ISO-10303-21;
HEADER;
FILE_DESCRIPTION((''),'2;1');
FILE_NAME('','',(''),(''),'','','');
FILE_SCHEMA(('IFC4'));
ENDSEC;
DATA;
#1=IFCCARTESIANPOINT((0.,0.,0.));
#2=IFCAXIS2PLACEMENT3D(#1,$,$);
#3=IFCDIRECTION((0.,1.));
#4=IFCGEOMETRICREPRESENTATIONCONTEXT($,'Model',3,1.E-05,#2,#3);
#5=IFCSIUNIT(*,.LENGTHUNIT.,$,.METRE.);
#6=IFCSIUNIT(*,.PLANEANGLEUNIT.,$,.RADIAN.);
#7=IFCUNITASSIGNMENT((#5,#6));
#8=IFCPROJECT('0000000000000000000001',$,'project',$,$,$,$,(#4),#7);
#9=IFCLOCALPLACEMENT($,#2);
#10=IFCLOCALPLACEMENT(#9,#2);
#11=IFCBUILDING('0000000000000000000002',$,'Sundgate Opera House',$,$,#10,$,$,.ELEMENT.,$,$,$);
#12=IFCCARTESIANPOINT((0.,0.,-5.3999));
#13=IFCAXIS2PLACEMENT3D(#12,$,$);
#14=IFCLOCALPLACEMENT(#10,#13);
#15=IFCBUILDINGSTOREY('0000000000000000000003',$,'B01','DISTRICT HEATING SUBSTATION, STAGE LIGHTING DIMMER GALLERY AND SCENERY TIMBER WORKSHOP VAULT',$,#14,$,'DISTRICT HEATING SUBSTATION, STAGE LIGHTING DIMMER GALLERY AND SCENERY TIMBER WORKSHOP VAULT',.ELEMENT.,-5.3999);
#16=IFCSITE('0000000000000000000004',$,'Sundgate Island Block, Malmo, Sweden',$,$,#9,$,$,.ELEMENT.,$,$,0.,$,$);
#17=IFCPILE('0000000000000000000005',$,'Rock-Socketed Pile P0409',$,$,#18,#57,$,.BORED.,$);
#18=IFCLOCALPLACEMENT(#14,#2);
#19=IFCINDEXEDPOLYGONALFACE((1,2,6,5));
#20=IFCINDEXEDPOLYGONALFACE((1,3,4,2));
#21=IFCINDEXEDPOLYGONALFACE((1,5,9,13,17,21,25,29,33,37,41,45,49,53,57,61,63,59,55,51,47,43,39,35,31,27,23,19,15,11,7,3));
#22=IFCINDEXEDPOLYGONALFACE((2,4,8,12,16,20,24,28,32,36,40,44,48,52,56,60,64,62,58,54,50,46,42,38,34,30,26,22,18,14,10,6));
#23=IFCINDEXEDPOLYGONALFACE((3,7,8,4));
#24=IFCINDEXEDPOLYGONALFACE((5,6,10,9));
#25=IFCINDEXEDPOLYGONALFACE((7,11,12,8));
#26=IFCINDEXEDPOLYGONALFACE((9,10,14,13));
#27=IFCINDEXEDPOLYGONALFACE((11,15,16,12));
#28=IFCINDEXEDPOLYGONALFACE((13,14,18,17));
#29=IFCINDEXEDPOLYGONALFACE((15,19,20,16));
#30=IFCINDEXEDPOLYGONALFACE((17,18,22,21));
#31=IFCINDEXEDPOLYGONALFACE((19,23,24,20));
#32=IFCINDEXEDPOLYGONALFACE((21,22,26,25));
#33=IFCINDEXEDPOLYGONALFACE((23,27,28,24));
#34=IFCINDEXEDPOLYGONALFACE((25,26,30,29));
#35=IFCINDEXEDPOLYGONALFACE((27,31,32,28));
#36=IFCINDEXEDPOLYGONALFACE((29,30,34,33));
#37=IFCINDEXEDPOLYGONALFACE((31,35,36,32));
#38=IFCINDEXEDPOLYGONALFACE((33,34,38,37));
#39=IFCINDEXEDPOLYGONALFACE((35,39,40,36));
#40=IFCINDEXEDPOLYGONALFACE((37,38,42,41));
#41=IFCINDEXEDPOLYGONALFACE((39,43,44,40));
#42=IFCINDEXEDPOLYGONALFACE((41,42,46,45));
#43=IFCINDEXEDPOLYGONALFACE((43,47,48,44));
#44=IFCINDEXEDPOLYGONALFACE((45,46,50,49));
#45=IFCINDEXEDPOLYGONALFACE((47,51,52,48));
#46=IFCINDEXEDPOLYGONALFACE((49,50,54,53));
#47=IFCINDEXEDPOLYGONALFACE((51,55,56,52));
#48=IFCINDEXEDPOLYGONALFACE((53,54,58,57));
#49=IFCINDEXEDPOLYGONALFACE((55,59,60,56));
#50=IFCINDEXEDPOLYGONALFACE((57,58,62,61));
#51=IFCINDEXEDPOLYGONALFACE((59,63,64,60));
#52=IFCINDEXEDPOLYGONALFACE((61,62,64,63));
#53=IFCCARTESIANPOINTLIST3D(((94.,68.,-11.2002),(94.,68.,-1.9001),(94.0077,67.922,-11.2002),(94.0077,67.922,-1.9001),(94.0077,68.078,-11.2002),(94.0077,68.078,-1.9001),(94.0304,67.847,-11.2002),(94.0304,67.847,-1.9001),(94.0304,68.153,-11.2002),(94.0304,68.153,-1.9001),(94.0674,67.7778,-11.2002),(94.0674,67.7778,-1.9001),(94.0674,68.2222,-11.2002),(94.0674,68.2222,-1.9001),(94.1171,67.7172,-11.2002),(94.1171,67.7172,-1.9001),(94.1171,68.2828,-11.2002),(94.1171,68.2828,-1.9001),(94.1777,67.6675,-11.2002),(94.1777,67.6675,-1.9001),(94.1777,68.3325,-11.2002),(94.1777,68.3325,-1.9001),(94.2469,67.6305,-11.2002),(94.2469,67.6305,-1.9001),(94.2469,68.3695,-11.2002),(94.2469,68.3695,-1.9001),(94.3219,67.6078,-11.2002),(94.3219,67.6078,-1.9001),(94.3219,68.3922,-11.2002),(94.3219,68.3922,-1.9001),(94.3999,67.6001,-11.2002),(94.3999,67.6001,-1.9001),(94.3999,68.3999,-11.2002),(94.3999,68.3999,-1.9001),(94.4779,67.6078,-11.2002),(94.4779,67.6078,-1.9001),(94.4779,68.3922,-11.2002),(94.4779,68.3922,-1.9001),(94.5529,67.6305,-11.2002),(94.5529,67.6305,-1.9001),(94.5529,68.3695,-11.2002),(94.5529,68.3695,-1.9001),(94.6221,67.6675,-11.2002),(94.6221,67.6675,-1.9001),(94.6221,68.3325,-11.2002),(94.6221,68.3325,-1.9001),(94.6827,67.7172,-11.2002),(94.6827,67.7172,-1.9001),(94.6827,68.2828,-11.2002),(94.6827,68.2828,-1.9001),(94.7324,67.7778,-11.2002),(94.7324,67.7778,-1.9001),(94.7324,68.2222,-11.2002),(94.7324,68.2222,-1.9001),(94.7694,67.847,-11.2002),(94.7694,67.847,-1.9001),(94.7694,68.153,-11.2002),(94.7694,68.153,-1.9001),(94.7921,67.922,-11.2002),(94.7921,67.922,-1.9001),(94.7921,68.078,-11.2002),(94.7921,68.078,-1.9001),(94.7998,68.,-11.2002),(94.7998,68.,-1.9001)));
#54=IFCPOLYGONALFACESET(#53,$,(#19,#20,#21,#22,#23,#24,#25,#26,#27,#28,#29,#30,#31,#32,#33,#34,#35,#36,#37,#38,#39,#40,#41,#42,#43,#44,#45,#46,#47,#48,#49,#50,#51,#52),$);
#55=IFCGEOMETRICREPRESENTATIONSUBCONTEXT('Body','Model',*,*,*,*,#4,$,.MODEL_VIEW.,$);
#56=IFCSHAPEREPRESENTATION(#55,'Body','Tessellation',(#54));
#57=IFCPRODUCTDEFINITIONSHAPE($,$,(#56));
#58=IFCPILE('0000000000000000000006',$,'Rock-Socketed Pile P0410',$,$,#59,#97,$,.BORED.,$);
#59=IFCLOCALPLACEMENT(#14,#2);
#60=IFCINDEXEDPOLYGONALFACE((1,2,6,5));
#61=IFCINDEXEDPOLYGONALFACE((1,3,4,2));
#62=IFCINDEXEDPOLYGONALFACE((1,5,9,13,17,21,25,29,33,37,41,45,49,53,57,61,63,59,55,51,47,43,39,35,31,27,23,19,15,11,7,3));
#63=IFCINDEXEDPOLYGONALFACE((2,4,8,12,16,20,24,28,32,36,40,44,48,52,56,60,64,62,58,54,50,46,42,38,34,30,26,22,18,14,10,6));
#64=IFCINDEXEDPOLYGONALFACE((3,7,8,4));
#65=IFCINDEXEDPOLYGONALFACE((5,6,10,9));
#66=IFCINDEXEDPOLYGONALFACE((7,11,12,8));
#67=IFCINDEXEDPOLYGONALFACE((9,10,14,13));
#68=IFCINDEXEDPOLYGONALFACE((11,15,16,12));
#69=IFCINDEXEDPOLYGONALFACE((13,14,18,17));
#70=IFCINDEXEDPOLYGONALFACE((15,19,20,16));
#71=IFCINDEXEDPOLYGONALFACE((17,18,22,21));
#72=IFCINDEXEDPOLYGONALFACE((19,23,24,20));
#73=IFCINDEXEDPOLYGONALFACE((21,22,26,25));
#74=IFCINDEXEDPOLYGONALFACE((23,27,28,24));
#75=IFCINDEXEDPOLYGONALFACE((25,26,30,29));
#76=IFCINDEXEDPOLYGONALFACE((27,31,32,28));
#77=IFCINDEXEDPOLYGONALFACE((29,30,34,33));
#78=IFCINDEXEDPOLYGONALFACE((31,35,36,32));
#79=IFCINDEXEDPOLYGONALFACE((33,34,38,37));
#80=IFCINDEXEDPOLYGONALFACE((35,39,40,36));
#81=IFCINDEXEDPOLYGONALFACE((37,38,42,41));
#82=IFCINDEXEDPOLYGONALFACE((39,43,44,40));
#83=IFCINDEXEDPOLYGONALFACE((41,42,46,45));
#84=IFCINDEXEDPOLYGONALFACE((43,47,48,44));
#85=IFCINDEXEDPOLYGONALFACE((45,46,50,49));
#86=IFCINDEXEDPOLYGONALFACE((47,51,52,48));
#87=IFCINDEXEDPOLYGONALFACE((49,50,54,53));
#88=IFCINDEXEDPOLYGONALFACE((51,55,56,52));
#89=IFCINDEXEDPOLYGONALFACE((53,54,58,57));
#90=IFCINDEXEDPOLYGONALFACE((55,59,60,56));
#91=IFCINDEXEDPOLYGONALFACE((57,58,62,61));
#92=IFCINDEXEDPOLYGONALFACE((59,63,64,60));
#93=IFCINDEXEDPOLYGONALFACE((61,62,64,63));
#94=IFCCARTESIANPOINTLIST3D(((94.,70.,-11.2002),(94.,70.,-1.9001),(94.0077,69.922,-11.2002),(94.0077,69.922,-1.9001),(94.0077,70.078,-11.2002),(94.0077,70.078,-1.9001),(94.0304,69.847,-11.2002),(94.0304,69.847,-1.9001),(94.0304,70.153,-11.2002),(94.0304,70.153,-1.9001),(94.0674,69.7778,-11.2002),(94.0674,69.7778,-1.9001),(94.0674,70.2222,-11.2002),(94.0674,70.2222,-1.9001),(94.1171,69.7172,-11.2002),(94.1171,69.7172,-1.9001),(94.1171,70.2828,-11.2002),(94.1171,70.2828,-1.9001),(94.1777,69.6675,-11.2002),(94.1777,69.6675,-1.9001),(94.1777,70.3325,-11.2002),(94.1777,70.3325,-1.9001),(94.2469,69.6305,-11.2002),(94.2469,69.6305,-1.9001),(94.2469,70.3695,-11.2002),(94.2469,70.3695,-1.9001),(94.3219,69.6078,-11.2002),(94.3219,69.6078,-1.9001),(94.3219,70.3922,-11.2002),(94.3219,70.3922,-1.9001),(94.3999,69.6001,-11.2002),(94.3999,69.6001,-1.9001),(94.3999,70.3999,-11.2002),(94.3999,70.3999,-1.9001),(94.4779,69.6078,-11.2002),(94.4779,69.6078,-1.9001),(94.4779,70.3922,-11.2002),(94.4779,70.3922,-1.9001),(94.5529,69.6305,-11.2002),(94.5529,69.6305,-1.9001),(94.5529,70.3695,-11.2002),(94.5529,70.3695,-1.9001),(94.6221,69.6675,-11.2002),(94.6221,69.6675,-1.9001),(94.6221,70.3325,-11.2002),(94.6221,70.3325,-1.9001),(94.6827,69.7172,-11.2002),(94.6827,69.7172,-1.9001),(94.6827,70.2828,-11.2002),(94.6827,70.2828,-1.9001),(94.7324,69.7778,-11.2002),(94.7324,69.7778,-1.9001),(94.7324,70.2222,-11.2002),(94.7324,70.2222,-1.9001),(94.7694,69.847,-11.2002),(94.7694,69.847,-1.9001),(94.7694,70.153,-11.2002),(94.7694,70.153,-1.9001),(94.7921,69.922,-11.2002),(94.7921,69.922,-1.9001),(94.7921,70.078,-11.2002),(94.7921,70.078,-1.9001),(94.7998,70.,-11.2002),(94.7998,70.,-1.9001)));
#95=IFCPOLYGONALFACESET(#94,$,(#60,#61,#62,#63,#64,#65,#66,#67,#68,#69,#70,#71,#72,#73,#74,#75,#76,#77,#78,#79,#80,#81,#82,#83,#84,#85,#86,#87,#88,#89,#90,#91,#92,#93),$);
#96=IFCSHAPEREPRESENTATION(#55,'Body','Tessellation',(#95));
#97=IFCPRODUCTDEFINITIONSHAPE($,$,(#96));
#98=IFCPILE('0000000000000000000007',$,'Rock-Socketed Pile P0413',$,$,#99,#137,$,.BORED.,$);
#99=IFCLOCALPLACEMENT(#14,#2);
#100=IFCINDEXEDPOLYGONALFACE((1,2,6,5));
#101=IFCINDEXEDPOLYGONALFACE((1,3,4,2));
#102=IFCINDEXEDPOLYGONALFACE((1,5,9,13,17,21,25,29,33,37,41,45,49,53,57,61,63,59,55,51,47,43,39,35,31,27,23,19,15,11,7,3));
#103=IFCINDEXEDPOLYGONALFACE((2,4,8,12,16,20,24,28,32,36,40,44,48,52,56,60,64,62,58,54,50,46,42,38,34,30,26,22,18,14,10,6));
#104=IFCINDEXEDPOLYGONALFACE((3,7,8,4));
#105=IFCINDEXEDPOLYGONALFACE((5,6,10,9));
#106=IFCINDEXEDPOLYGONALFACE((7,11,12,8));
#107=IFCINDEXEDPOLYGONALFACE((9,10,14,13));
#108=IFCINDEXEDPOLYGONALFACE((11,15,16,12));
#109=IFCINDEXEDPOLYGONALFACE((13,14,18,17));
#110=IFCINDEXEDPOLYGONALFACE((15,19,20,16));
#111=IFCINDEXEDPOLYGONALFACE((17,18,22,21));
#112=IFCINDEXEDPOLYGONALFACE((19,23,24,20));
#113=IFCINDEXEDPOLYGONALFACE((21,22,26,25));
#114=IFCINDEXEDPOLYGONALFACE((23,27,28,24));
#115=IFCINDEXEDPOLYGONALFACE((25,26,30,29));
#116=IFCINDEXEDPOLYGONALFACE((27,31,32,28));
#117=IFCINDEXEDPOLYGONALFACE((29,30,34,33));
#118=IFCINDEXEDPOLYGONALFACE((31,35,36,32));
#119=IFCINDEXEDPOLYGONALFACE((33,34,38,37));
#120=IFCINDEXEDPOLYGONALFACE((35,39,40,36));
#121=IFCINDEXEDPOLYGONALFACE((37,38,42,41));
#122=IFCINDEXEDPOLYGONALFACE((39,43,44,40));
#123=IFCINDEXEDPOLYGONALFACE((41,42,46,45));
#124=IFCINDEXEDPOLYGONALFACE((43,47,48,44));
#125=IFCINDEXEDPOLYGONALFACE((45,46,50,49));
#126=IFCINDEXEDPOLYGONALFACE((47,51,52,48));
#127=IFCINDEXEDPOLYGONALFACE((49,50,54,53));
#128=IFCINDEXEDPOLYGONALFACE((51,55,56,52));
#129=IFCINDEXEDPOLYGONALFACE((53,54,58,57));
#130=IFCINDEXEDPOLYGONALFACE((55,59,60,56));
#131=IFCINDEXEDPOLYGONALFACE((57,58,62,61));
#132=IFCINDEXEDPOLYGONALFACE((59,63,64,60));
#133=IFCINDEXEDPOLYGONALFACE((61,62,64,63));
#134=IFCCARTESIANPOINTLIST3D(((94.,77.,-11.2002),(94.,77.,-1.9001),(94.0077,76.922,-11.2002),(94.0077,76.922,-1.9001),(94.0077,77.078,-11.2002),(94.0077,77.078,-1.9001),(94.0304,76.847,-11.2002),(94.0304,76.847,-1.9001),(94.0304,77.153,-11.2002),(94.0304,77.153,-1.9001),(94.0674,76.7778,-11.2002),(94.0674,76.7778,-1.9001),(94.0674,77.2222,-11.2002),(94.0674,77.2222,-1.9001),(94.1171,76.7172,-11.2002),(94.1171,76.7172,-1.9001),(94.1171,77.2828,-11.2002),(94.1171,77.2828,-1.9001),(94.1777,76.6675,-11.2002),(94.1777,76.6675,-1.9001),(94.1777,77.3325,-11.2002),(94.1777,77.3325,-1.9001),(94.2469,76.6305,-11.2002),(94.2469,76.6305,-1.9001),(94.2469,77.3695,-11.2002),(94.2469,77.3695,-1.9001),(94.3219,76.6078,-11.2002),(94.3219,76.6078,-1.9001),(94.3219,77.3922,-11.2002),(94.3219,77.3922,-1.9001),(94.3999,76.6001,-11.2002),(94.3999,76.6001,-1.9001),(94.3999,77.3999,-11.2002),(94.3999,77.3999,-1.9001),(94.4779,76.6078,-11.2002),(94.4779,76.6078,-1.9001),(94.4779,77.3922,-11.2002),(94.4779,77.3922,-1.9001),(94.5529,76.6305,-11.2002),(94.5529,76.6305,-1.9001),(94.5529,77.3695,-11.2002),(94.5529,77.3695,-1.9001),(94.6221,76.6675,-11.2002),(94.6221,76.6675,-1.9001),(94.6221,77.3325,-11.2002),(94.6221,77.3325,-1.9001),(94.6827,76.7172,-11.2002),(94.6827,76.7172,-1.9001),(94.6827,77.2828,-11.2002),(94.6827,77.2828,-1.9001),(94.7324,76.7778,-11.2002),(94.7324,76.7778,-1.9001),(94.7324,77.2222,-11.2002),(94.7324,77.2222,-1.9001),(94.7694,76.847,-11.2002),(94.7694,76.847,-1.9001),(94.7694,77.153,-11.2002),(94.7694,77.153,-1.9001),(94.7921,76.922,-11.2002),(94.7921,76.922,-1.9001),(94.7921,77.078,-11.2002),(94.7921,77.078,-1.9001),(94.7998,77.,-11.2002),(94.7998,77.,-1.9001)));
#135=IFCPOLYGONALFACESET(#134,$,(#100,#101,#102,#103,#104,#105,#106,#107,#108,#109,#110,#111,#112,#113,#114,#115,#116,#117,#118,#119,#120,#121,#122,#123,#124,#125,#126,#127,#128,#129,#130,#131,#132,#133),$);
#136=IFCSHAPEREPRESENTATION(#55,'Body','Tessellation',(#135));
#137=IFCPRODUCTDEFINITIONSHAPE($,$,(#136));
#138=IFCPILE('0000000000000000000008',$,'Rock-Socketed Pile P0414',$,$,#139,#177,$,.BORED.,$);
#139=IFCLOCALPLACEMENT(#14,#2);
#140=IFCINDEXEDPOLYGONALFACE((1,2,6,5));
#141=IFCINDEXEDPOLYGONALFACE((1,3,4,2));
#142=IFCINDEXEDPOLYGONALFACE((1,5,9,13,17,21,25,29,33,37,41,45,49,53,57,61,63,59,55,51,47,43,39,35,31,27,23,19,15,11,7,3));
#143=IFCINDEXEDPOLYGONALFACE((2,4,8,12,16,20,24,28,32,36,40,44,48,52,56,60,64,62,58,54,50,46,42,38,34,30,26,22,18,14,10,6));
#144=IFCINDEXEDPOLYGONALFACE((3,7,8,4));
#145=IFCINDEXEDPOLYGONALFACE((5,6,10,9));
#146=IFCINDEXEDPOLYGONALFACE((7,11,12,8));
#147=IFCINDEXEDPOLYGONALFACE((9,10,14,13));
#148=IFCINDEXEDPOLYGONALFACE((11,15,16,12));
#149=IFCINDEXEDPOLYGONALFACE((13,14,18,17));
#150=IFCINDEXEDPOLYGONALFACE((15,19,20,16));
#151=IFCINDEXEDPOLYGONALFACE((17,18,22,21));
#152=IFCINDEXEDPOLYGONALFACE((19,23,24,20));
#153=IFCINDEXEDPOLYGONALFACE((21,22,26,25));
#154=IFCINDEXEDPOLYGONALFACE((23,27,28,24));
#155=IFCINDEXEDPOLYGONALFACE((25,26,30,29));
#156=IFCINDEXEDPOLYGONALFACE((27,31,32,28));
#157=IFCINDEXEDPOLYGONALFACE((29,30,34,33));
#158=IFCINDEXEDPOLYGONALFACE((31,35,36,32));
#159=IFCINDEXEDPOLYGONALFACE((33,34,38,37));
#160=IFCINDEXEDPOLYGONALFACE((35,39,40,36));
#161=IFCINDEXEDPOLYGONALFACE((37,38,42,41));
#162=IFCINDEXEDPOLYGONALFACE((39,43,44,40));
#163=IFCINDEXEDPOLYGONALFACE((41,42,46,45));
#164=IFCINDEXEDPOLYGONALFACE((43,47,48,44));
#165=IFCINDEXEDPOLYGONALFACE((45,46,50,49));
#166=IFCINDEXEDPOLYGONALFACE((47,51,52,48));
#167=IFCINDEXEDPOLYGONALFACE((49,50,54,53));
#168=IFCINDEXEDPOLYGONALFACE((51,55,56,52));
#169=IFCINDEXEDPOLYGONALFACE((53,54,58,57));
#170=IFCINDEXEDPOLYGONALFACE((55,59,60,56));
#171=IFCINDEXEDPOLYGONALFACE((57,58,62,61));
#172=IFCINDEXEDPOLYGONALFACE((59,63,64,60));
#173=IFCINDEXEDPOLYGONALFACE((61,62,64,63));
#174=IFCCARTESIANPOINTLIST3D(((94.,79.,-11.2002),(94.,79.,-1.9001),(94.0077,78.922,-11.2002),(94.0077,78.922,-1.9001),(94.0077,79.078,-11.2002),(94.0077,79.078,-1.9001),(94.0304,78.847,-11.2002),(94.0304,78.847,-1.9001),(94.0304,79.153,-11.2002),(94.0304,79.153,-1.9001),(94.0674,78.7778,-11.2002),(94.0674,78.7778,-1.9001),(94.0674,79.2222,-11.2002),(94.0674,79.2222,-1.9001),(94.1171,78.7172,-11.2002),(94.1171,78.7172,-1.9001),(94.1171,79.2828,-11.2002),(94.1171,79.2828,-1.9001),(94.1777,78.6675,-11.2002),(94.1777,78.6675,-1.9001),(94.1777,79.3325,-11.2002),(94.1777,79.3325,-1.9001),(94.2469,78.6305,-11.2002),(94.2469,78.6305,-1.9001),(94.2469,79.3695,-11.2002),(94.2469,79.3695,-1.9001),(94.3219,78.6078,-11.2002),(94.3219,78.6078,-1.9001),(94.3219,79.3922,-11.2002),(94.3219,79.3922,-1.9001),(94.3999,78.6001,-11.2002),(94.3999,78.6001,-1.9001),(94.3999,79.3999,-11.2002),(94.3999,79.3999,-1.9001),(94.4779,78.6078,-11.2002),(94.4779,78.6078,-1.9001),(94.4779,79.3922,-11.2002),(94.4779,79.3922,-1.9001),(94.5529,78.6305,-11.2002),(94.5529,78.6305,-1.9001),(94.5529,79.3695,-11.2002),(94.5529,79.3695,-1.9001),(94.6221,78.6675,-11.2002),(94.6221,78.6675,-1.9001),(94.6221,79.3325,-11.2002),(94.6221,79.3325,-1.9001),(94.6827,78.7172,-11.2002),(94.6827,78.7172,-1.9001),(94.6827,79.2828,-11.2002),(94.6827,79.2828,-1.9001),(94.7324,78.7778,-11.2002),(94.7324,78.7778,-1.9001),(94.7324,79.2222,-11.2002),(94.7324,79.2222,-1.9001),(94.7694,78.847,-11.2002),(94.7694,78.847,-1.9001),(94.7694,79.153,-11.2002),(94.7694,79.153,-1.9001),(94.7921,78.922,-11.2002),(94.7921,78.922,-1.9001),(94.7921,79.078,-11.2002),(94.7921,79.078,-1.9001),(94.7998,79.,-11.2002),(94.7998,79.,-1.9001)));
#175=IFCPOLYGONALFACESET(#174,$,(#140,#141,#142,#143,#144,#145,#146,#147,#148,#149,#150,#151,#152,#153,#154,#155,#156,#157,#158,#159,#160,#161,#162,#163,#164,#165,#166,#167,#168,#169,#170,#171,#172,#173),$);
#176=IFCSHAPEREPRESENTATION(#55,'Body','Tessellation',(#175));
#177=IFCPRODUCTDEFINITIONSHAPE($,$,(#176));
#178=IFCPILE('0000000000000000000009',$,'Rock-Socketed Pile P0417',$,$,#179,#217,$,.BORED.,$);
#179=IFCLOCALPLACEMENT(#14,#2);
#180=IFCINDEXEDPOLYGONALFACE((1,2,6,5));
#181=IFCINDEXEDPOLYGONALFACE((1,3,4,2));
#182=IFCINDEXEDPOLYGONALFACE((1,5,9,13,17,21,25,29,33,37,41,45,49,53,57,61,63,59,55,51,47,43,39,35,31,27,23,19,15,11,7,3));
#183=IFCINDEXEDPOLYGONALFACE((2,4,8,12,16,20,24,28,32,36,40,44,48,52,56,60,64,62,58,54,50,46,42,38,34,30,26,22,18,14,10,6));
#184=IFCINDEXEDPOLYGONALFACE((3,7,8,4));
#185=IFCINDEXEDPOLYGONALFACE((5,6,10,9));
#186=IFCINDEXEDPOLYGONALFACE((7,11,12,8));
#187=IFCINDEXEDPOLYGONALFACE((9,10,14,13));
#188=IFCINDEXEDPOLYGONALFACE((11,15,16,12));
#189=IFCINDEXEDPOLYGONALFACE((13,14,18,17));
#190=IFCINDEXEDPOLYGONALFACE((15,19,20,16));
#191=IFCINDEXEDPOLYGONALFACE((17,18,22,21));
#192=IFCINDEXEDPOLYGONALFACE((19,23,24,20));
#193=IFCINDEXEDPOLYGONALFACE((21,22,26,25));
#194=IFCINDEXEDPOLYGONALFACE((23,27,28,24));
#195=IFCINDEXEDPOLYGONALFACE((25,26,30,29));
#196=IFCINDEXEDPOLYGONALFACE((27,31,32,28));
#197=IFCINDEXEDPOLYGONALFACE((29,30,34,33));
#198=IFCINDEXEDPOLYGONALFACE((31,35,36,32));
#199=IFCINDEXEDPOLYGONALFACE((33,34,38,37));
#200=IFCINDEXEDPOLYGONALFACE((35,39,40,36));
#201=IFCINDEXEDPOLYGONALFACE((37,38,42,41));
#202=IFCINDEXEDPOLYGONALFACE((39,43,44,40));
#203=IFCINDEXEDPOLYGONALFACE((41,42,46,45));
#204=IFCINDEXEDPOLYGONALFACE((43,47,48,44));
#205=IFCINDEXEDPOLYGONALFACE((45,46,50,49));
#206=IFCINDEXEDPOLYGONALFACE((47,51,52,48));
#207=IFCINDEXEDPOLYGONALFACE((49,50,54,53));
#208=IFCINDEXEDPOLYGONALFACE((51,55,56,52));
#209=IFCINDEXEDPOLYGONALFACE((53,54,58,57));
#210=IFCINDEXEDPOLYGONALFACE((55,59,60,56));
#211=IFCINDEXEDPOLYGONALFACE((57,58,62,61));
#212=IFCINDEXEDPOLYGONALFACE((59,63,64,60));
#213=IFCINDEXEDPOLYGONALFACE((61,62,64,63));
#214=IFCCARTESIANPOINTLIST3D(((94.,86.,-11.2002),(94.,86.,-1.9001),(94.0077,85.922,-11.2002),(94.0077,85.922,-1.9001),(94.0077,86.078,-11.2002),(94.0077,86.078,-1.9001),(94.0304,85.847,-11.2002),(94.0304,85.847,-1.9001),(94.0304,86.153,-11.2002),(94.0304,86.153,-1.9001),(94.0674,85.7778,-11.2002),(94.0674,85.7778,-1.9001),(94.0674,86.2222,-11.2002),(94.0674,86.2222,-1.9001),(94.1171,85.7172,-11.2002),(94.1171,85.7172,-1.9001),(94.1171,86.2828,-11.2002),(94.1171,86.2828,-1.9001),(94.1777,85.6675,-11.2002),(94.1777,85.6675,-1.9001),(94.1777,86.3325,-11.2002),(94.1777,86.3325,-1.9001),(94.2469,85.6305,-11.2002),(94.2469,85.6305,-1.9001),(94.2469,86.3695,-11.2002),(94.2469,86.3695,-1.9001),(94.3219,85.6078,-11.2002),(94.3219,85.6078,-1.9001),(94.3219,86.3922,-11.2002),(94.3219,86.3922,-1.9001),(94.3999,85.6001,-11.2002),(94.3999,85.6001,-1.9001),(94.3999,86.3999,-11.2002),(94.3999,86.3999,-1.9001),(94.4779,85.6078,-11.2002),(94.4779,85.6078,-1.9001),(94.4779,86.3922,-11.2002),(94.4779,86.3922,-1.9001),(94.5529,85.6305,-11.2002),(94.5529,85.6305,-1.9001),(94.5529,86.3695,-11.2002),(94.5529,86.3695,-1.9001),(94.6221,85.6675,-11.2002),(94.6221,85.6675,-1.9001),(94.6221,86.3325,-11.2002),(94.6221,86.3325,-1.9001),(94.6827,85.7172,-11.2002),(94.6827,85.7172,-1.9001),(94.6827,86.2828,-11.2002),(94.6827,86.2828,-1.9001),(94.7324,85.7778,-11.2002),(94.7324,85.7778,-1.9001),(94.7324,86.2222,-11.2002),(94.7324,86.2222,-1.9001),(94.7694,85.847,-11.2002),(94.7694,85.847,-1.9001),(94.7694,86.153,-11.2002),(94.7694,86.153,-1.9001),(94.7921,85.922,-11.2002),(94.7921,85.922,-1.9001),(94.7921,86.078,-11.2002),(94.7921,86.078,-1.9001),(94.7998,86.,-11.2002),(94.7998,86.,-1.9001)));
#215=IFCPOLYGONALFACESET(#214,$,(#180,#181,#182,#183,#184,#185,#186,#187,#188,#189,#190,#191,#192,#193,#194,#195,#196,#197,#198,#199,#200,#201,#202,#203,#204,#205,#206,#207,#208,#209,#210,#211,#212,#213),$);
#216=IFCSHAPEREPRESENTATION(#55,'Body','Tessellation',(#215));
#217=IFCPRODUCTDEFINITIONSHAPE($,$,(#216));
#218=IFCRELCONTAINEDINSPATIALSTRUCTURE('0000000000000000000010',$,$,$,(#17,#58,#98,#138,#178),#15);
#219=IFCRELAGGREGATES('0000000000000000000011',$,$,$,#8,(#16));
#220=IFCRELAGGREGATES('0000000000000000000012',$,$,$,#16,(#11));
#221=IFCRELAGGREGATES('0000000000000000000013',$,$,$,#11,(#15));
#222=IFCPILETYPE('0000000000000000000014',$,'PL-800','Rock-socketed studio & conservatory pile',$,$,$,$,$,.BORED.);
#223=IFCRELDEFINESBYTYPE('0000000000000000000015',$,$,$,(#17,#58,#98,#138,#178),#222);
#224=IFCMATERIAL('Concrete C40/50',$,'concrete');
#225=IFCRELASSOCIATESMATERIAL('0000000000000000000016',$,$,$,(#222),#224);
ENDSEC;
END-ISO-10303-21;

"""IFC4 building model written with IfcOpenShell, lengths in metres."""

from ifc_helpers import new_model, si_unit, direction, frame, origin, origin_2d, place, context, subcontext, project, spatial, circle, extrude, material, material_profile, profile_set, type_object, element, save


model = new_model("IFC4")

# Units and contexts
model_context = context("Model", 3, precision=1e-05, world=origin(), true_north=direction((0.0, 1.0)))
body_context = subcontext(model_context, "Body", "Model", "MODEL_VIEW")
ifc_project = project(units=[si_unit("LENGTHUNIT", "METRE"), si_unit("PLANEANGLEUNIT", "RADIAN")], contexts=[model_context])

# Site, building, storey
site_placement = place(None, origin())
site = spatial("IfcSite", under=ifc_project, at=site_placement, Name="Sundgate Island Block, Malmo, Sweden", CompositionType="ELEMENT", RefElevation=0.0)
building_placement = place(site_placement, origin())
building = spatial("IfcBuilding", under=site, at=building_placement, Name="Sundgate Opera House", CompositionType="ELEMENT")
storey_placement = place(building_placement, frame((0.0, 0.0, -5.3999)))
storey = spatial("IfcBuildingStorey", under=building, at=storey_placement, Name="B01", Description="DISTRICT HEATING SUBSTATION, STAGE LIGHTING DIMMER GALLERY AND SCENERY TIMBER WORKSHOP VAULT", LongName="DISTRICT HEATING SUBSTATION, STAGE LIGHTING DIMMER GALLERY AND SCENERY TIMBER WORKSHOP VAULT", CompositionType="ELEMENT", Elevation=-5.3999)

# Piles
ifc_material_1 = material(Name="Concrete C40/50", Category="concrete")
ifc_material_profile_1 = material_profile(ifc_material_1, circle(Radius=0.3999, at=origin_2d()), Name="PILE D800")
ifc_profile_set_1 = profile_set([ifc_material_profile_1], Name="Concrete C40/50")
pile_type_1 = type_object("IfcPileType", Name="PL-800", Description="Rock-socketed studio & conservatory pile", PredefinedType="BORED", material=ifc_profile_set_1)
for number, where, z_axis, x_axis, name in (
    (1, (94.3999, 68.0, -1.9001), (0.0, 0.0, -1.0), (1.0, 0.0, 0.0), "Rock-Socketed Pile P0409"),
    (2, (94.3999, 70.0, -1.9001), (0.0, 0.0, -1.0), (1.0, 0.0, 0.0), "Rock-Socketed Pile P0410"),
    (3, (94.3999, 77.0, -1.9001), (0.0, 0.0, -1.0), (1.0, 0.0, 0.0), "Rock-Socketed Pile P0413"),
    (4, (94.3999, 79.0, -1.9001), (0.0, 0.0, -1.0), (1.0, 0.0, 0.0), "Rock-Socketed Pile P0414"),
    (5, (94.3999, 86.0, -1.9001), (0.0, 0.0, -1.0), (1.0, 0.0, 0.0), "Rock-Socketed Pile P0417"),
):
    element("IfcPile", number, at=place(storey_placement, frame(where, z_axis=z_axis, x_axis=x_axis)), inside=storey, type_object=pile_type_1, Name=name, PredefinedType="BORED", context=body_context, shape_type="SweptSolid", body=[
        extrude(circle(Radius=0.3999, at=origin_2d()), origin(), (0.0, 0.0, 1.0), 9.3),
    ])

save(model, "model.ifc")
